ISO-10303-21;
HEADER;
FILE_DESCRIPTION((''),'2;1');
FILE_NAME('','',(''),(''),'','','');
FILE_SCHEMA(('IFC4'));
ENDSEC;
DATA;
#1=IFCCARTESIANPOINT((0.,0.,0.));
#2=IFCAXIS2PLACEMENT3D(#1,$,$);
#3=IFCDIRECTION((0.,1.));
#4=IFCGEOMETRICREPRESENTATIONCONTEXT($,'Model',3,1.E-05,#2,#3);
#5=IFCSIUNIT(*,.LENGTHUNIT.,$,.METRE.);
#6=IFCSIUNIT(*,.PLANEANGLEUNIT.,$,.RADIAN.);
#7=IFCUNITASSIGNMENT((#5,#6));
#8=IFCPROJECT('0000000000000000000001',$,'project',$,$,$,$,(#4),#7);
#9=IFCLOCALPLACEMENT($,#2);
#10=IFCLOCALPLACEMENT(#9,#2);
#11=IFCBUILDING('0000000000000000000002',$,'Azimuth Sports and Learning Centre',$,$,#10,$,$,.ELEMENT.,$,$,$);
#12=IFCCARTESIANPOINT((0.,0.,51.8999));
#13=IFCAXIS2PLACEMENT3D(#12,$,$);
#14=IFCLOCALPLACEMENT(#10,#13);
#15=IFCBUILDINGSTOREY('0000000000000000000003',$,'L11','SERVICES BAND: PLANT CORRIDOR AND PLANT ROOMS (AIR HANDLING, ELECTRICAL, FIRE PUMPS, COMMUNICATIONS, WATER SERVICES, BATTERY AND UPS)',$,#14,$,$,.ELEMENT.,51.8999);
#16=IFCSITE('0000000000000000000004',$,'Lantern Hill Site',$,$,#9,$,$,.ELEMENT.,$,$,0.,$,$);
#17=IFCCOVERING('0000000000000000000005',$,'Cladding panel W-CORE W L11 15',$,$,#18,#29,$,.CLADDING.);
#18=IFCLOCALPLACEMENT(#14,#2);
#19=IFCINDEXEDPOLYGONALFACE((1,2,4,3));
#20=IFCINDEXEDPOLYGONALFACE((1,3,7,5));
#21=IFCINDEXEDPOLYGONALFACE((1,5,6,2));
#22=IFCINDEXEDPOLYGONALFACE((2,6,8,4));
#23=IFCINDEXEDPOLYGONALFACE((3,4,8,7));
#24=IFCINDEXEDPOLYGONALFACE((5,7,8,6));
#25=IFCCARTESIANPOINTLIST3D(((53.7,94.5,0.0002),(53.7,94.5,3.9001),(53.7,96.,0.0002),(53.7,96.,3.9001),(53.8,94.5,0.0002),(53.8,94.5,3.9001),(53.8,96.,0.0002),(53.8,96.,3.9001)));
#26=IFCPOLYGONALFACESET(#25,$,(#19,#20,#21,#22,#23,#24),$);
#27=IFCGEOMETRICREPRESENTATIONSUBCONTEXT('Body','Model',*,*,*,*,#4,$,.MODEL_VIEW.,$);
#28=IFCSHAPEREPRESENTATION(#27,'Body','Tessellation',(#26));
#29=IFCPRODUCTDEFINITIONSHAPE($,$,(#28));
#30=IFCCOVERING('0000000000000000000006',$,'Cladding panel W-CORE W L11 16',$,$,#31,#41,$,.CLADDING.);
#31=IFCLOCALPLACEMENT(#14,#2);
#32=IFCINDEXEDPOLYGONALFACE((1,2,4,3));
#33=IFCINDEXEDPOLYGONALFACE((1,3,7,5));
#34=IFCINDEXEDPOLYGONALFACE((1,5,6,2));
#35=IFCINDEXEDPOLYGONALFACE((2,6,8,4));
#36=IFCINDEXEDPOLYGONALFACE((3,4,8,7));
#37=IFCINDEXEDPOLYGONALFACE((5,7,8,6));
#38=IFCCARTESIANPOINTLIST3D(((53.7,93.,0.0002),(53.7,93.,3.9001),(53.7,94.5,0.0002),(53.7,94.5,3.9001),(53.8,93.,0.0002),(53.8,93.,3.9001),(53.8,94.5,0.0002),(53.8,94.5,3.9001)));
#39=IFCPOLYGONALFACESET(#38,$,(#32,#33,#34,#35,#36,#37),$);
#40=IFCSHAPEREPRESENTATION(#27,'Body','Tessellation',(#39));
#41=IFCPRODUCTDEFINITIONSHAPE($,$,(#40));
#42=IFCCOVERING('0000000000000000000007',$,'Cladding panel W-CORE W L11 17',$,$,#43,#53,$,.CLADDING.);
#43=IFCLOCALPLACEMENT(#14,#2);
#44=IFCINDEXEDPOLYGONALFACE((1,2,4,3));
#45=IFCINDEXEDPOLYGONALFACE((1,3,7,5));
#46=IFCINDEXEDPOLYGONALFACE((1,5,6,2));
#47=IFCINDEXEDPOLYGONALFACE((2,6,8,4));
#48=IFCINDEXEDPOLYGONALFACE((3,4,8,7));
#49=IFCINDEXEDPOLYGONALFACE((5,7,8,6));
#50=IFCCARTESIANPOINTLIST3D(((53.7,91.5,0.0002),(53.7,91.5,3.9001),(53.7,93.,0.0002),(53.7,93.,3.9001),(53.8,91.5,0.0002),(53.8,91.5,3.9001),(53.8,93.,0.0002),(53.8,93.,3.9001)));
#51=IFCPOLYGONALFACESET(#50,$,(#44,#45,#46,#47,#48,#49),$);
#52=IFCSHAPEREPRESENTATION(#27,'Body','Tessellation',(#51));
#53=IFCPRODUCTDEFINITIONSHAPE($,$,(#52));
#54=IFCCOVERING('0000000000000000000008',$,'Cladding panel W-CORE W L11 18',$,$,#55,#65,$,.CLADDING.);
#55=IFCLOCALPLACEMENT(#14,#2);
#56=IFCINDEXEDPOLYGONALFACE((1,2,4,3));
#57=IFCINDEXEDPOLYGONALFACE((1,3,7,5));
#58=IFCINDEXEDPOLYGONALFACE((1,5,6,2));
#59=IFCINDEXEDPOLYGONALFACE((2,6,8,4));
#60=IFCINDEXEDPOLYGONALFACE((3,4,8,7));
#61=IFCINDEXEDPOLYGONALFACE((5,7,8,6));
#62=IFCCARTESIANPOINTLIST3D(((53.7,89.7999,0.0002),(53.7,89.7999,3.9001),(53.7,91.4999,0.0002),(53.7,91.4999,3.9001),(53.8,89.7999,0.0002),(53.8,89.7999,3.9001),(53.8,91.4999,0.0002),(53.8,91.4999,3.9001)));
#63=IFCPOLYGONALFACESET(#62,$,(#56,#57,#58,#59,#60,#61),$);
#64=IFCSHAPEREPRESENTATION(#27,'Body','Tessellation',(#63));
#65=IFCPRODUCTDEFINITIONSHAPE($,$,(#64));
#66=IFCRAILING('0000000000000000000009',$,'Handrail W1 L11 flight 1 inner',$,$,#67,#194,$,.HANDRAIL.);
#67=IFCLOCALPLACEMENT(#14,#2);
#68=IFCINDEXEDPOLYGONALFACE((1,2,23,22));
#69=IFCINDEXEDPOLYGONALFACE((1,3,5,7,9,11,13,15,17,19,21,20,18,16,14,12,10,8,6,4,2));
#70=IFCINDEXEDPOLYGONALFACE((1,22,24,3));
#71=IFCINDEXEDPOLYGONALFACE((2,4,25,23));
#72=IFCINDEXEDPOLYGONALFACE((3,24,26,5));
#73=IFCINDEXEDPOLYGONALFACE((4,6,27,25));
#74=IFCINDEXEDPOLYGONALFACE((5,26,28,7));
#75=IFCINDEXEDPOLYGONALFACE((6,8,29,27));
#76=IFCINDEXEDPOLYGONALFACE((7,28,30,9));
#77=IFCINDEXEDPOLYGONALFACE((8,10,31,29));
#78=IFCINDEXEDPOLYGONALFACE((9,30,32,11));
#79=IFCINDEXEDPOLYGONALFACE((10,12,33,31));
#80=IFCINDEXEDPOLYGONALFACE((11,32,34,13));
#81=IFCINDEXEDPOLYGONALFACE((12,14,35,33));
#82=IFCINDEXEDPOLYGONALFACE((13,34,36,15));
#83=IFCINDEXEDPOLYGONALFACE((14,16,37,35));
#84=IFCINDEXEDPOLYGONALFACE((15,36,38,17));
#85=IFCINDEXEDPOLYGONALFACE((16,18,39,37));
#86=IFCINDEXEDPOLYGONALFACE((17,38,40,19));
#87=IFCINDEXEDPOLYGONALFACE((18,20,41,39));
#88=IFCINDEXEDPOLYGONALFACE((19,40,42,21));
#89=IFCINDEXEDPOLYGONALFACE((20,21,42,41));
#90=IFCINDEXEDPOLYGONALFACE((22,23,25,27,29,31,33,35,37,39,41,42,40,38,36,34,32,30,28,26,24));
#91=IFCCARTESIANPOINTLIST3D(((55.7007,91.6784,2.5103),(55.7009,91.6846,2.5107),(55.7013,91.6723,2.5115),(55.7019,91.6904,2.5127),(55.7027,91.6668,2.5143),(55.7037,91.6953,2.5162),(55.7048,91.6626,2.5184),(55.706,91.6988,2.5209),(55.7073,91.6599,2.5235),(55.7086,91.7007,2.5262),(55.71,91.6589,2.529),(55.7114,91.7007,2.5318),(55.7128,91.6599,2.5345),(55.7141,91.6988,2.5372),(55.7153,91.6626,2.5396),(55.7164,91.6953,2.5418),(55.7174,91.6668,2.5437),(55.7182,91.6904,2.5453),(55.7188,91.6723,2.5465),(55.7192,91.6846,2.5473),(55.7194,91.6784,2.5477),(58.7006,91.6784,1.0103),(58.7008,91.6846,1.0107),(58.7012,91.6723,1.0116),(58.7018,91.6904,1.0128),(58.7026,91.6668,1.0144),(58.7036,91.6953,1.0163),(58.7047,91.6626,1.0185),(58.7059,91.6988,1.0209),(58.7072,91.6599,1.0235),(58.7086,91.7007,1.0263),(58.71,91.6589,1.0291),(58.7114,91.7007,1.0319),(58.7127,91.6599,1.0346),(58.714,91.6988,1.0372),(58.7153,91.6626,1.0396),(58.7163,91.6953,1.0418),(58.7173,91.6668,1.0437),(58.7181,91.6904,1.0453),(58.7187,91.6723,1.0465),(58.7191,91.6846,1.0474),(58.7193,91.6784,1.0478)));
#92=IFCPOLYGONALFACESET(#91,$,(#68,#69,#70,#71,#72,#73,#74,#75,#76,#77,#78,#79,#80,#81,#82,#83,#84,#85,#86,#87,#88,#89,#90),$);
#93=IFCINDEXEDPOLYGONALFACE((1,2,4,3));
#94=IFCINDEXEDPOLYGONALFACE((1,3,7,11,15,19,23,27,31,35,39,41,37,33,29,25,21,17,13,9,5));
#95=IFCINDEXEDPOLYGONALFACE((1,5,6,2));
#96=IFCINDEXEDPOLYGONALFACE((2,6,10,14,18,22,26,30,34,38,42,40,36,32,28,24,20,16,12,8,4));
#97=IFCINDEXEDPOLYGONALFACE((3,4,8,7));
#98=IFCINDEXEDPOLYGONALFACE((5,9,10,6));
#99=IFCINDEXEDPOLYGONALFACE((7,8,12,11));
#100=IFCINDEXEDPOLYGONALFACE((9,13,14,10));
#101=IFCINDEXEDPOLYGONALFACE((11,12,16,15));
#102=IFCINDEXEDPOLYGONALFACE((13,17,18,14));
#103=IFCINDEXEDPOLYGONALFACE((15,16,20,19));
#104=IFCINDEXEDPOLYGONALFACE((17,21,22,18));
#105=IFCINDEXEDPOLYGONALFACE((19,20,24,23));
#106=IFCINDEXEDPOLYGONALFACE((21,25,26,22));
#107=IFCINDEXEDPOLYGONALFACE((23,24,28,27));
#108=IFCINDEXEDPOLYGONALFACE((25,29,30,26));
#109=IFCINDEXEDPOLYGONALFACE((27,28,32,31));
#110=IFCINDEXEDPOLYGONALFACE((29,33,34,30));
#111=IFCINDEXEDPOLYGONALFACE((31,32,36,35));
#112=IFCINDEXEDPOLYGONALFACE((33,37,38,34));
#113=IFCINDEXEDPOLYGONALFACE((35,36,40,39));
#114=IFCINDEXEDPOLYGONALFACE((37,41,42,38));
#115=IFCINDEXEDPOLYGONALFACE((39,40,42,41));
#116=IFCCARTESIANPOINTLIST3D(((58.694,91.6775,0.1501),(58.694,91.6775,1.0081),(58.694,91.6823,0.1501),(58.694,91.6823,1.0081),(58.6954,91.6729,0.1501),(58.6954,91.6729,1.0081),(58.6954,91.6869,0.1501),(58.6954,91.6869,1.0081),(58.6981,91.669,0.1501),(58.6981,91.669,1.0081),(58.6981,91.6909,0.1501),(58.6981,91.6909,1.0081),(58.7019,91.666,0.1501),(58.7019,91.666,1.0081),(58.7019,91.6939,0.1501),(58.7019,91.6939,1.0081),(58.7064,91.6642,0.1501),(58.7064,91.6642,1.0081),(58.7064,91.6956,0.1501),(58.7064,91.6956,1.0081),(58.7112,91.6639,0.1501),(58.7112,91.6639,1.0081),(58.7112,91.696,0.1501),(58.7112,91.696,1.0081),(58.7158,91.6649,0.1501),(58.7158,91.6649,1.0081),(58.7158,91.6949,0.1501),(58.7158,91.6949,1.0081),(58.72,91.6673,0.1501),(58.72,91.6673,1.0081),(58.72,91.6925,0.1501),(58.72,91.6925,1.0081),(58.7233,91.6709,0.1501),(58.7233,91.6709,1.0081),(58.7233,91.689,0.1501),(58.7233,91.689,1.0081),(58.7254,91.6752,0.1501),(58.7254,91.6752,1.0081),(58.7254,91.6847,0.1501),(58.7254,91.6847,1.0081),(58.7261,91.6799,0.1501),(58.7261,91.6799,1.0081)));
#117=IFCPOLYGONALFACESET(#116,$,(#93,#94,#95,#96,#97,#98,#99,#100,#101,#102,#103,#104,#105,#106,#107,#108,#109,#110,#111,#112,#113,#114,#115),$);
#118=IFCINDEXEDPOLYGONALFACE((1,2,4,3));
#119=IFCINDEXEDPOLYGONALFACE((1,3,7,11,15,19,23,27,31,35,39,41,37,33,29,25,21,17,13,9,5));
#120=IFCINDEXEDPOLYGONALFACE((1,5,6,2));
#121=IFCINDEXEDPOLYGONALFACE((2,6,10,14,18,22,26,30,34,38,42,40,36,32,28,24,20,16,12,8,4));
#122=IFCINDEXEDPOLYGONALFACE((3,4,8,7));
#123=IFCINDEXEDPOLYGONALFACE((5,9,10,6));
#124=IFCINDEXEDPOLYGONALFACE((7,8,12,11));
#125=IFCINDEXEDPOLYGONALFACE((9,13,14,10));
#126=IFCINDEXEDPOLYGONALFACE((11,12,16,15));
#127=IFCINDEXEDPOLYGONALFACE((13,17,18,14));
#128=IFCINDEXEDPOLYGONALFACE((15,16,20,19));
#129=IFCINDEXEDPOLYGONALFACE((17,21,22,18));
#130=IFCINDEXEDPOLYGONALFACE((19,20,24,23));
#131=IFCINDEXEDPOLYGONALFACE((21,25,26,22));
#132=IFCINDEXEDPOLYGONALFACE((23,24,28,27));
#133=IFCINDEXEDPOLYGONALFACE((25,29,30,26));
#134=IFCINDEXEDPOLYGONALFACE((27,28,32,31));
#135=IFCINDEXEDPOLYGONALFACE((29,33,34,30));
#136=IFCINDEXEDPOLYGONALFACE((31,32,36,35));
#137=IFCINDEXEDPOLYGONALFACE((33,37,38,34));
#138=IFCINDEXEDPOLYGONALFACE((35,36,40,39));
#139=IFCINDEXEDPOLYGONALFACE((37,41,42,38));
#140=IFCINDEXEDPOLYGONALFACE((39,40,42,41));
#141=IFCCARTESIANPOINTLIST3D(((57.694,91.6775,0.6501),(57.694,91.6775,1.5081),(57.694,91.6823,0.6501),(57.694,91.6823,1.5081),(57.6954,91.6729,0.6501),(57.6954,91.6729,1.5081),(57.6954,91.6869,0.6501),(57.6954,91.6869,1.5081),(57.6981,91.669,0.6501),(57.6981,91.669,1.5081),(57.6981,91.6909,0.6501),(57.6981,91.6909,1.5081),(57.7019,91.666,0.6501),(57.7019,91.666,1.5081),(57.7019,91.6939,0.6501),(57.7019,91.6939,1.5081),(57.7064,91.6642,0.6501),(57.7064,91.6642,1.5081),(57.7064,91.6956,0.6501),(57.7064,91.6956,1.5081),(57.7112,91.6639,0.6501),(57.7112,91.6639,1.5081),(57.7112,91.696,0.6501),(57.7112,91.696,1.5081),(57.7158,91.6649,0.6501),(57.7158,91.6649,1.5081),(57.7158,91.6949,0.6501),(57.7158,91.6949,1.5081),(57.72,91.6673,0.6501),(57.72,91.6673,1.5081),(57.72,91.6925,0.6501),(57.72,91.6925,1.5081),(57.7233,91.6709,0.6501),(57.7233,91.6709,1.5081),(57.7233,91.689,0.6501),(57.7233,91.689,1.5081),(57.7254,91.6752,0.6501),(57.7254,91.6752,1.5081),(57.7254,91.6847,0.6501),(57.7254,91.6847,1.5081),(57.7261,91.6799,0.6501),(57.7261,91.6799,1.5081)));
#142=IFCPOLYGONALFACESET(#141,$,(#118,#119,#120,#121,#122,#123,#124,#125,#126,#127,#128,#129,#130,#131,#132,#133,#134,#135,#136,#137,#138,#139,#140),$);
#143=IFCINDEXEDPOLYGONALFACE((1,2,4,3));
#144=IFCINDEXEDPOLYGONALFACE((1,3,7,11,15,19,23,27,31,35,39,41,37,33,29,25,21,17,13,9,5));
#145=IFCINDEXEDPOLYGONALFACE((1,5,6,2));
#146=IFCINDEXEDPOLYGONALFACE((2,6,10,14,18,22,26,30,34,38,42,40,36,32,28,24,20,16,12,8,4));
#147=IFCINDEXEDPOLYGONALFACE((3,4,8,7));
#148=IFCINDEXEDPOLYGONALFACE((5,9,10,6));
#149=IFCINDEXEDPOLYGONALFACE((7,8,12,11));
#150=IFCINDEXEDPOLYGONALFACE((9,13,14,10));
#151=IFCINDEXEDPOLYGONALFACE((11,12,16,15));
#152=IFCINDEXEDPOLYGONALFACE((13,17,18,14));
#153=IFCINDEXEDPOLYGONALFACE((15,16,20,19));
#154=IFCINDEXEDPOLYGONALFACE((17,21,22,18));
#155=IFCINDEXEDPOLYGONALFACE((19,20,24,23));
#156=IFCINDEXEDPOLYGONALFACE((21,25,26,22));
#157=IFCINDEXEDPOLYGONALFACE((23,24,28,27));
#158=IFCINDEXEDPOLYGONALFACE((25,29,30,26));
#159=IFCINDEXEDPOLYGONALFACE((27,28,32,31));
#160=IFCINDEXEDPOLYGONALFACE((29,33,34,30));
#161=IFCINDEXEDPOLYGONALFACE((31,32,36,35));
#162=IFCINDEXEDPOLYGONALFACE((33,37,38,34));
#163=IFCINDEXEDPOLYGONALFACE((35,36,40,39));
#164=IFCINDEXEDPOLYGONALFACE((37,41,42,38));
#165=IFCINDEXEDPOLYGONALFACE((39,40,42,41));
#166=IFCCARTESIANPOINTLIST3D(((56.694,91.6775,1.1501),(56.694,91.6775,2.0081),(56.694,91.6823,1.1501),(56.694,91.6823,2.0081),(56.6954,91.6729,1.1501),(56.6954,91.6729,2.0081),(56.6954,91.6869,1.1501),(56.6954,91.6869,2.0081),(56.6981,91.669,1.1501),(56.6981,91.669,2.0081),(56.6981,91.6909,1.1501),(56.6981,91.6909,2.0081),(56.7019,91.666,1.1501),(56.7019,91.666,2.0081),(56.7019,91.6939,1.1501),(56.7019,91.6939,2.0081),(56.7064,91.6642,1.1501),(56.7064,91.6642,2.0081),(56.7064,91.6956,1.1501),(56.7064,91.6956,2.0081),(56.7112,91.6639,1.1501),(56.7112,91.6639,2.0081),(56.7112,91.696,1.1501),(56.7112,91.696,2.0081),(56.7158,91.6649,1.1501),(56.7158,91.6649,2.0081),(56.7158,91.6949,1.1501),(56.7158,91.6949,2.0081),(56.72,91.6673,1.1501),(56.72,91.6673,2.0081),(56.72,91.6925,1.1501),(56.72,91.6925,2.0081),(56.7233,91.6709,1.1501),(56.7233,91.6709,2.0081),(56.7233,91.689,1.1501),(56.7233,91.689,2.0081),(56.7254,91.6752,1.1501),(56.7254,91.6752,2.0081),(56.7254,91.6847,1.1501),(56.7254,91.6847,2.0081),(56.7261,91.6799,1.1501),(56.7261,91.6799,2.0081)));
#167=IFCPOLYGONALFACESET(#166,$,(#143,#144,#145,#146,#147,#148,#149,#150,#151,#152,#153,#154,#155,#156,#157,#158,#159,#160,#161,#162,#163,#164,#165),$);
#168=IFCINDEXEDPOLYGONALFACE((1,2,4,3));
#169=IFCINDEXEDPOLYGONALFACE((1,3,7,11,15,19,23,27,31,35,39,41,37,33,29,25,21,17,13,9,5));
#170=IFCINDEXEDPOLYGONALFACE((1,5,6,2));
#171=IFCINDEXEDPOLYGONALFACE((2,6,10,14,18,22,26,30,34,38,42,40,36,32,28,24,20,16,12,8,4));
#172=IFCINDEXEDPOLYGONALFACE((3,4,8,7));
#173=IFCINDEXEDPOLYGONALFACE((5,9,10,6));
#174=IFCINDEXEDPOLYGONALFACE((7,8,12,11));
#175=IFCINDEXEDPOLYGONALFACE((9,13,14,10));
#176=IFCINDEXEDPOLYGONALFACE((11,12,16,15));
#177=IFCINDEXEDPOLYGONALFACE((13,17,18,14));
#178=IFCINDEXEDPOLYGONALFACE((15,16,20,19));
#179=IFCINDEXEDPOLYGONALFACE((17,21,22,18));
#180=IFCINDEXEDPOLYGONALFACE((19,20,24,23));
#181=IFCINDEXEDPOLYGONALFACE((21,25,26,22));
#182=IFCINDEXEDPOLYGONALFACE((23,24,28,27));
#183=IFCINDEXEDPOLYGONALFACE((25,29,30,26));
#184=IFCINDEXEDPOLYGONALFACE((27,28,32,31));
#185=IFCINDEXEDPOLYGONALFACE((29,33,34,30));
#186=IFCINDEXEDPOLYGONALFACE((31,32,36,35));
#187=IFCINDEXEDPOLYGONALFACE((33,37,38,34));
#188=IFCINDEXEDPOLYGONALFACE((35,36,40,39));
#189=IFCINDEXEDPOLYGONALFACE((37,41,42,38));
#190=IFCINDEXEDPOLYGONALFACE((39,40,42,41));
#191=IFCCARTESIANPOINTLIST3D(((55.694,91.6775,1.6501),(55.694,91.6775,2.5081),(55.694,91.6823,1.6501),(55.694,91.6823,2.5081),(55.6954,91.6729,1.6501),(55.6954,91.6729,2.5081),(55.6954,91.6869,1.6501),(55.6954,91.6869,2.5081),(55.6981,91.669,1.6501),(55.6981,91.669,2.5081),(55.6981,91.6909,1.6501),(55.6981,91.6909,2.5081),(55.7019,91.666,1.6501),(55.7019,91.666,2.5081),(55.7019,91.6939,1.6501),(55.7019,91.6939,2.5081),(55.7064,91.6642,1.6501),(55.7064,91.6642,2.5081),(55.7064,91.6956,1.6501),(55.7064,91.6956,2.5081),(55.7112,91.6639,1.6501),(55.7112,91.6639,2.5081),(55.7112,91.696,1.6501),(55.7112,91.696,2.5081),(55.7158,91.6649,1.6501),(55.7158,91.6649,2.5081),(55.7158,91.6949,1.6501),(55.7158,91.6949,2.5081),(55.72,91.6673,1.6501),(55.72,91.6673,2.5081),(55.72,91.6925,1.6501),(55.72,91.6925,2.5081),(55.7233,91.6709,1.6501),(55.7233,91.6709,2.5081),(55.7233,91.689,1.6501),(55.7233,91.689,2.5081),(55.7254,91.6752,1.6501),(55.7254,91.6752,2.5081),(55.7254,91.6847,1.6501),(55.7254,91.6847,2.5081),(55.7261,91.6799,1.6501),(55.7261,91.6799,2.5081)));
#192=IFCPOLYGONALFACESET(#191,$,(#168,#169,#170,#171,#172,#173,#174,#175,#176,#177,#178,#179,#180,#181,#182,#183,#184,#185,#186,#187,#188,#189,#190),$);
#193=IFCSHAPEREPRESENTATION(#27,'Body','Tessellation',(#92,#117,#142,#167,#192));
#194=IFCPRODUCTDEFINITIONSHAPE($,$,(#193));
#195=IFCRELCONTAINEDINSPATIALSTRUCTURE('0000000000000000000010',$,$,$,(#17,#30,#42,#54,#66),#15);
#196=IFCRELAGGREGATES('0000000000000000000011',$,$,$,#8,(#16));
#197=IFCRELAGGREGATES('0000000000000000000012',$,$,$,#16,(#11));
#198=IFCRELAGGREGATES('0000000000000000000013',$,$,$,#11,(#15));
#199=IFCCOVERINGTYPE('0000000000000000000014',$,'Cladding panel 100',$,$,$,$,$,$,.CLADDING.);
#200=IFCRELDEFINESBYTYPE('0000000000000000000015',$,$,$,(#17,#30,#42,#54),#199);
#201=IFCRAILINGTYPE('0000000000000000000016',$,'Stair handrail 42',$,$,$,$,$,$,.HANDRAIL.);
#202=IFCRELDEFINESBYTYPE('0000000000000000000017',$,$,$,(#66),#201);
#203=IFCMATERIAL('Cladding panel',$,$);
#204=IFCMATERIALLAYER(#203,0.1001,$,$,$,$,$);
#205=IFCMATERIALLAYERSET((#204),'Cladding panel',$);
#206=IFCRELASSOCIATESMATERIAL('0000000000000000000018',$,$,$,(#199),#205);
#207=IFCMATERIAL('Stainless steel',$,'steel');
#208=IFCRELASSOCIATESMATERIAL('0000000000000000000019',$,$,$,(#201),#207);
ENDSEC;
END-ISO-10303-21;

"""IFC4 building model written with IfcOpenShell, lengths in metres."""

from ifc_helpers import new_model, si_unit, direction, frame, origin, origin_2d, place, context, subcontext, project, spatial, rectangle, circle, extrude, material, layer, layer_set, type_object, element, save


model = new_model("IFC4")

# Units and contexts
model_context = context("Model", 3, precision=1e-05, world=origin(), true_north=direction((0.0, 1.0)))
body_context = subcontext(model_context, "Body", "Model", "MODEL_VIEW")
ifc_project = project(units=[si_unit("LENGTHUNIT", "METRE"), si_unit("PLANEANGLEUNIT", "RADIAN")], contexts=[model_context])

# Site, building, storey
site_placement = place(None, origin())
site = spatial("IfcSite", under=ifc_project, at=site_placement, Name="Lantern Hill Site", CompositionType="ELEMENT", RefElevation=0.0)
building_placement = place(site_placement, origin())
building = spatial("IfcBuilding", under=site, at=building_placement, Name="Azimuth Sports and Learning Centre", CompositionType="ELEMENT")
storey_placement = place(building_placement, frame((0.0, 0.0, 51.8999)))
storey = spatial("IfcBuildingStorey", under=building, at=storey_placement, Name="L11", Description="SERVICES BAND: PLANT CORRIDOR AND PLANT ROOMS (AIR HANDLING, ELECTRICAL, FIRE PUMPS, COMMUNICATIONS, WATER SERVICES, BATTERY AND UPS)", CompositionType="ELEMENT", Elevation=51.8999)

# Coverings
ifc_material_1 = material(Name="Cladding panel")
ifc_layer_1 = layer(ifc_material_1, 0.1001)
ifc_layer_set_1 = layer_set([ifc_layer_1], Name="Cladding panel")
covering_type = type_object("IfcCoveringType", Name="Cladding panel 100", PredefinedType="CLADDING", material=ifc_layer_set_1)
for number, where, z_axis, x_axis, name in (
    (1, (53.75, 95.25, 0.0002), (0.0, 0.0, 1.0), (0.0, -1.0, 0.0), "Cladding panel W-CORE W L11 15"),
    (2, (53.75, 93.75, 0.0002), (0.0, 0.0, 1.0), (0.0, -1.0, 0.0), "Cladding panel W-CORE W L11 16"),
    (3, (53.75, 92.25, 0.0002), (0.0, 0.0, 1.0), (0.0, -1.0, 0.0), "Cladding panel W-CORE W L11 17"),
):
    element("IfcCovering", number, at=place(storey_placement, frame(where, z_axis=z_axis, x_axis=x_axis)), inside=storey, type_object=covering_type, Name=name, PredefinedType="CLADDING", context=body_context, shape_type="SweptSolid", body=[
        extrude(rectangle(XDim=1.5, YDim=0.1001, at=origin_2d()), origin(), (0.0, 0.0, 1.0), 3.8999),
    ])
covering_placement = place(storey_placement, frame((53.75, 90.6499, 0.0002), z_axis=(0.0, 0.0, 1.0), x_axis=(0.0, -1.0, 0.0)))
element("IfcCovering", 4, at=covering_placement, inside=storey, type_object=covering_type, Name="Cladding panel W-CORE W L11 18", PredefinedType="CLADDING", context=body_context, shape_type="SweptSolid", body=[
    extrude(rectangle(XDim=1.7, YDim=0.1001, at=origin_2d()), origin(), (0.0, 0.0, 1.0), 3.8999),
])

# Railing
ifc_material_2 = material(Name="Stainless steel", Category="steel")
railing_type_1 = type_object("IfcRailingType", Name="Stair handrail 42", PredefinedType="HANDRAIL", material=ifc_material_2)
for number, where, name in (
    (5, (58.71, 91.6799, 0.1501), "Handrail W1 L11 flight 1 inner"),
):
    element("IfcRailing", number, at=place(storey_placement, frame(where)), inside=storey, type_object=railing_type_1, Name=name, PredefinedType="HANDRAIL", context=body_context, shape_type="SweptSolid", body=[
        extrude(circle(Radius=0.021, at=origin_2d()), frame((0.0, 0.0, 0.8789), z_axis=(-0.894427, 0.0, 0.447214), x_axis=(0.0, -1.0, 0.0)), (0.0, 0.0, 1.0), 3.354),
        extrude(circle(Radius=0.0161, at=origin_2d()), origin(), (0.0, 0.0, 1.0), 0.8579),
        extrude(circle(Radius=0.0161, at=origin_2d()), frame((-1.0, 0.0, 0.5)), (0.0, 0.0, 1.0), 0.8579),
        extrude(circle(Radius=0.0161, at=origin_2d()), frame((-2.0, 0.0, 1.0)), (0.0, 0.0, 1.0), 0.8579),
        extrude(circle(Radius=0.0161, at=origin_2d()), frame((-3.0, 0.0, 1.5)), (0.0, 0.0, 1.0), 0.8579),
    ])

save(model, "model.ifc")
